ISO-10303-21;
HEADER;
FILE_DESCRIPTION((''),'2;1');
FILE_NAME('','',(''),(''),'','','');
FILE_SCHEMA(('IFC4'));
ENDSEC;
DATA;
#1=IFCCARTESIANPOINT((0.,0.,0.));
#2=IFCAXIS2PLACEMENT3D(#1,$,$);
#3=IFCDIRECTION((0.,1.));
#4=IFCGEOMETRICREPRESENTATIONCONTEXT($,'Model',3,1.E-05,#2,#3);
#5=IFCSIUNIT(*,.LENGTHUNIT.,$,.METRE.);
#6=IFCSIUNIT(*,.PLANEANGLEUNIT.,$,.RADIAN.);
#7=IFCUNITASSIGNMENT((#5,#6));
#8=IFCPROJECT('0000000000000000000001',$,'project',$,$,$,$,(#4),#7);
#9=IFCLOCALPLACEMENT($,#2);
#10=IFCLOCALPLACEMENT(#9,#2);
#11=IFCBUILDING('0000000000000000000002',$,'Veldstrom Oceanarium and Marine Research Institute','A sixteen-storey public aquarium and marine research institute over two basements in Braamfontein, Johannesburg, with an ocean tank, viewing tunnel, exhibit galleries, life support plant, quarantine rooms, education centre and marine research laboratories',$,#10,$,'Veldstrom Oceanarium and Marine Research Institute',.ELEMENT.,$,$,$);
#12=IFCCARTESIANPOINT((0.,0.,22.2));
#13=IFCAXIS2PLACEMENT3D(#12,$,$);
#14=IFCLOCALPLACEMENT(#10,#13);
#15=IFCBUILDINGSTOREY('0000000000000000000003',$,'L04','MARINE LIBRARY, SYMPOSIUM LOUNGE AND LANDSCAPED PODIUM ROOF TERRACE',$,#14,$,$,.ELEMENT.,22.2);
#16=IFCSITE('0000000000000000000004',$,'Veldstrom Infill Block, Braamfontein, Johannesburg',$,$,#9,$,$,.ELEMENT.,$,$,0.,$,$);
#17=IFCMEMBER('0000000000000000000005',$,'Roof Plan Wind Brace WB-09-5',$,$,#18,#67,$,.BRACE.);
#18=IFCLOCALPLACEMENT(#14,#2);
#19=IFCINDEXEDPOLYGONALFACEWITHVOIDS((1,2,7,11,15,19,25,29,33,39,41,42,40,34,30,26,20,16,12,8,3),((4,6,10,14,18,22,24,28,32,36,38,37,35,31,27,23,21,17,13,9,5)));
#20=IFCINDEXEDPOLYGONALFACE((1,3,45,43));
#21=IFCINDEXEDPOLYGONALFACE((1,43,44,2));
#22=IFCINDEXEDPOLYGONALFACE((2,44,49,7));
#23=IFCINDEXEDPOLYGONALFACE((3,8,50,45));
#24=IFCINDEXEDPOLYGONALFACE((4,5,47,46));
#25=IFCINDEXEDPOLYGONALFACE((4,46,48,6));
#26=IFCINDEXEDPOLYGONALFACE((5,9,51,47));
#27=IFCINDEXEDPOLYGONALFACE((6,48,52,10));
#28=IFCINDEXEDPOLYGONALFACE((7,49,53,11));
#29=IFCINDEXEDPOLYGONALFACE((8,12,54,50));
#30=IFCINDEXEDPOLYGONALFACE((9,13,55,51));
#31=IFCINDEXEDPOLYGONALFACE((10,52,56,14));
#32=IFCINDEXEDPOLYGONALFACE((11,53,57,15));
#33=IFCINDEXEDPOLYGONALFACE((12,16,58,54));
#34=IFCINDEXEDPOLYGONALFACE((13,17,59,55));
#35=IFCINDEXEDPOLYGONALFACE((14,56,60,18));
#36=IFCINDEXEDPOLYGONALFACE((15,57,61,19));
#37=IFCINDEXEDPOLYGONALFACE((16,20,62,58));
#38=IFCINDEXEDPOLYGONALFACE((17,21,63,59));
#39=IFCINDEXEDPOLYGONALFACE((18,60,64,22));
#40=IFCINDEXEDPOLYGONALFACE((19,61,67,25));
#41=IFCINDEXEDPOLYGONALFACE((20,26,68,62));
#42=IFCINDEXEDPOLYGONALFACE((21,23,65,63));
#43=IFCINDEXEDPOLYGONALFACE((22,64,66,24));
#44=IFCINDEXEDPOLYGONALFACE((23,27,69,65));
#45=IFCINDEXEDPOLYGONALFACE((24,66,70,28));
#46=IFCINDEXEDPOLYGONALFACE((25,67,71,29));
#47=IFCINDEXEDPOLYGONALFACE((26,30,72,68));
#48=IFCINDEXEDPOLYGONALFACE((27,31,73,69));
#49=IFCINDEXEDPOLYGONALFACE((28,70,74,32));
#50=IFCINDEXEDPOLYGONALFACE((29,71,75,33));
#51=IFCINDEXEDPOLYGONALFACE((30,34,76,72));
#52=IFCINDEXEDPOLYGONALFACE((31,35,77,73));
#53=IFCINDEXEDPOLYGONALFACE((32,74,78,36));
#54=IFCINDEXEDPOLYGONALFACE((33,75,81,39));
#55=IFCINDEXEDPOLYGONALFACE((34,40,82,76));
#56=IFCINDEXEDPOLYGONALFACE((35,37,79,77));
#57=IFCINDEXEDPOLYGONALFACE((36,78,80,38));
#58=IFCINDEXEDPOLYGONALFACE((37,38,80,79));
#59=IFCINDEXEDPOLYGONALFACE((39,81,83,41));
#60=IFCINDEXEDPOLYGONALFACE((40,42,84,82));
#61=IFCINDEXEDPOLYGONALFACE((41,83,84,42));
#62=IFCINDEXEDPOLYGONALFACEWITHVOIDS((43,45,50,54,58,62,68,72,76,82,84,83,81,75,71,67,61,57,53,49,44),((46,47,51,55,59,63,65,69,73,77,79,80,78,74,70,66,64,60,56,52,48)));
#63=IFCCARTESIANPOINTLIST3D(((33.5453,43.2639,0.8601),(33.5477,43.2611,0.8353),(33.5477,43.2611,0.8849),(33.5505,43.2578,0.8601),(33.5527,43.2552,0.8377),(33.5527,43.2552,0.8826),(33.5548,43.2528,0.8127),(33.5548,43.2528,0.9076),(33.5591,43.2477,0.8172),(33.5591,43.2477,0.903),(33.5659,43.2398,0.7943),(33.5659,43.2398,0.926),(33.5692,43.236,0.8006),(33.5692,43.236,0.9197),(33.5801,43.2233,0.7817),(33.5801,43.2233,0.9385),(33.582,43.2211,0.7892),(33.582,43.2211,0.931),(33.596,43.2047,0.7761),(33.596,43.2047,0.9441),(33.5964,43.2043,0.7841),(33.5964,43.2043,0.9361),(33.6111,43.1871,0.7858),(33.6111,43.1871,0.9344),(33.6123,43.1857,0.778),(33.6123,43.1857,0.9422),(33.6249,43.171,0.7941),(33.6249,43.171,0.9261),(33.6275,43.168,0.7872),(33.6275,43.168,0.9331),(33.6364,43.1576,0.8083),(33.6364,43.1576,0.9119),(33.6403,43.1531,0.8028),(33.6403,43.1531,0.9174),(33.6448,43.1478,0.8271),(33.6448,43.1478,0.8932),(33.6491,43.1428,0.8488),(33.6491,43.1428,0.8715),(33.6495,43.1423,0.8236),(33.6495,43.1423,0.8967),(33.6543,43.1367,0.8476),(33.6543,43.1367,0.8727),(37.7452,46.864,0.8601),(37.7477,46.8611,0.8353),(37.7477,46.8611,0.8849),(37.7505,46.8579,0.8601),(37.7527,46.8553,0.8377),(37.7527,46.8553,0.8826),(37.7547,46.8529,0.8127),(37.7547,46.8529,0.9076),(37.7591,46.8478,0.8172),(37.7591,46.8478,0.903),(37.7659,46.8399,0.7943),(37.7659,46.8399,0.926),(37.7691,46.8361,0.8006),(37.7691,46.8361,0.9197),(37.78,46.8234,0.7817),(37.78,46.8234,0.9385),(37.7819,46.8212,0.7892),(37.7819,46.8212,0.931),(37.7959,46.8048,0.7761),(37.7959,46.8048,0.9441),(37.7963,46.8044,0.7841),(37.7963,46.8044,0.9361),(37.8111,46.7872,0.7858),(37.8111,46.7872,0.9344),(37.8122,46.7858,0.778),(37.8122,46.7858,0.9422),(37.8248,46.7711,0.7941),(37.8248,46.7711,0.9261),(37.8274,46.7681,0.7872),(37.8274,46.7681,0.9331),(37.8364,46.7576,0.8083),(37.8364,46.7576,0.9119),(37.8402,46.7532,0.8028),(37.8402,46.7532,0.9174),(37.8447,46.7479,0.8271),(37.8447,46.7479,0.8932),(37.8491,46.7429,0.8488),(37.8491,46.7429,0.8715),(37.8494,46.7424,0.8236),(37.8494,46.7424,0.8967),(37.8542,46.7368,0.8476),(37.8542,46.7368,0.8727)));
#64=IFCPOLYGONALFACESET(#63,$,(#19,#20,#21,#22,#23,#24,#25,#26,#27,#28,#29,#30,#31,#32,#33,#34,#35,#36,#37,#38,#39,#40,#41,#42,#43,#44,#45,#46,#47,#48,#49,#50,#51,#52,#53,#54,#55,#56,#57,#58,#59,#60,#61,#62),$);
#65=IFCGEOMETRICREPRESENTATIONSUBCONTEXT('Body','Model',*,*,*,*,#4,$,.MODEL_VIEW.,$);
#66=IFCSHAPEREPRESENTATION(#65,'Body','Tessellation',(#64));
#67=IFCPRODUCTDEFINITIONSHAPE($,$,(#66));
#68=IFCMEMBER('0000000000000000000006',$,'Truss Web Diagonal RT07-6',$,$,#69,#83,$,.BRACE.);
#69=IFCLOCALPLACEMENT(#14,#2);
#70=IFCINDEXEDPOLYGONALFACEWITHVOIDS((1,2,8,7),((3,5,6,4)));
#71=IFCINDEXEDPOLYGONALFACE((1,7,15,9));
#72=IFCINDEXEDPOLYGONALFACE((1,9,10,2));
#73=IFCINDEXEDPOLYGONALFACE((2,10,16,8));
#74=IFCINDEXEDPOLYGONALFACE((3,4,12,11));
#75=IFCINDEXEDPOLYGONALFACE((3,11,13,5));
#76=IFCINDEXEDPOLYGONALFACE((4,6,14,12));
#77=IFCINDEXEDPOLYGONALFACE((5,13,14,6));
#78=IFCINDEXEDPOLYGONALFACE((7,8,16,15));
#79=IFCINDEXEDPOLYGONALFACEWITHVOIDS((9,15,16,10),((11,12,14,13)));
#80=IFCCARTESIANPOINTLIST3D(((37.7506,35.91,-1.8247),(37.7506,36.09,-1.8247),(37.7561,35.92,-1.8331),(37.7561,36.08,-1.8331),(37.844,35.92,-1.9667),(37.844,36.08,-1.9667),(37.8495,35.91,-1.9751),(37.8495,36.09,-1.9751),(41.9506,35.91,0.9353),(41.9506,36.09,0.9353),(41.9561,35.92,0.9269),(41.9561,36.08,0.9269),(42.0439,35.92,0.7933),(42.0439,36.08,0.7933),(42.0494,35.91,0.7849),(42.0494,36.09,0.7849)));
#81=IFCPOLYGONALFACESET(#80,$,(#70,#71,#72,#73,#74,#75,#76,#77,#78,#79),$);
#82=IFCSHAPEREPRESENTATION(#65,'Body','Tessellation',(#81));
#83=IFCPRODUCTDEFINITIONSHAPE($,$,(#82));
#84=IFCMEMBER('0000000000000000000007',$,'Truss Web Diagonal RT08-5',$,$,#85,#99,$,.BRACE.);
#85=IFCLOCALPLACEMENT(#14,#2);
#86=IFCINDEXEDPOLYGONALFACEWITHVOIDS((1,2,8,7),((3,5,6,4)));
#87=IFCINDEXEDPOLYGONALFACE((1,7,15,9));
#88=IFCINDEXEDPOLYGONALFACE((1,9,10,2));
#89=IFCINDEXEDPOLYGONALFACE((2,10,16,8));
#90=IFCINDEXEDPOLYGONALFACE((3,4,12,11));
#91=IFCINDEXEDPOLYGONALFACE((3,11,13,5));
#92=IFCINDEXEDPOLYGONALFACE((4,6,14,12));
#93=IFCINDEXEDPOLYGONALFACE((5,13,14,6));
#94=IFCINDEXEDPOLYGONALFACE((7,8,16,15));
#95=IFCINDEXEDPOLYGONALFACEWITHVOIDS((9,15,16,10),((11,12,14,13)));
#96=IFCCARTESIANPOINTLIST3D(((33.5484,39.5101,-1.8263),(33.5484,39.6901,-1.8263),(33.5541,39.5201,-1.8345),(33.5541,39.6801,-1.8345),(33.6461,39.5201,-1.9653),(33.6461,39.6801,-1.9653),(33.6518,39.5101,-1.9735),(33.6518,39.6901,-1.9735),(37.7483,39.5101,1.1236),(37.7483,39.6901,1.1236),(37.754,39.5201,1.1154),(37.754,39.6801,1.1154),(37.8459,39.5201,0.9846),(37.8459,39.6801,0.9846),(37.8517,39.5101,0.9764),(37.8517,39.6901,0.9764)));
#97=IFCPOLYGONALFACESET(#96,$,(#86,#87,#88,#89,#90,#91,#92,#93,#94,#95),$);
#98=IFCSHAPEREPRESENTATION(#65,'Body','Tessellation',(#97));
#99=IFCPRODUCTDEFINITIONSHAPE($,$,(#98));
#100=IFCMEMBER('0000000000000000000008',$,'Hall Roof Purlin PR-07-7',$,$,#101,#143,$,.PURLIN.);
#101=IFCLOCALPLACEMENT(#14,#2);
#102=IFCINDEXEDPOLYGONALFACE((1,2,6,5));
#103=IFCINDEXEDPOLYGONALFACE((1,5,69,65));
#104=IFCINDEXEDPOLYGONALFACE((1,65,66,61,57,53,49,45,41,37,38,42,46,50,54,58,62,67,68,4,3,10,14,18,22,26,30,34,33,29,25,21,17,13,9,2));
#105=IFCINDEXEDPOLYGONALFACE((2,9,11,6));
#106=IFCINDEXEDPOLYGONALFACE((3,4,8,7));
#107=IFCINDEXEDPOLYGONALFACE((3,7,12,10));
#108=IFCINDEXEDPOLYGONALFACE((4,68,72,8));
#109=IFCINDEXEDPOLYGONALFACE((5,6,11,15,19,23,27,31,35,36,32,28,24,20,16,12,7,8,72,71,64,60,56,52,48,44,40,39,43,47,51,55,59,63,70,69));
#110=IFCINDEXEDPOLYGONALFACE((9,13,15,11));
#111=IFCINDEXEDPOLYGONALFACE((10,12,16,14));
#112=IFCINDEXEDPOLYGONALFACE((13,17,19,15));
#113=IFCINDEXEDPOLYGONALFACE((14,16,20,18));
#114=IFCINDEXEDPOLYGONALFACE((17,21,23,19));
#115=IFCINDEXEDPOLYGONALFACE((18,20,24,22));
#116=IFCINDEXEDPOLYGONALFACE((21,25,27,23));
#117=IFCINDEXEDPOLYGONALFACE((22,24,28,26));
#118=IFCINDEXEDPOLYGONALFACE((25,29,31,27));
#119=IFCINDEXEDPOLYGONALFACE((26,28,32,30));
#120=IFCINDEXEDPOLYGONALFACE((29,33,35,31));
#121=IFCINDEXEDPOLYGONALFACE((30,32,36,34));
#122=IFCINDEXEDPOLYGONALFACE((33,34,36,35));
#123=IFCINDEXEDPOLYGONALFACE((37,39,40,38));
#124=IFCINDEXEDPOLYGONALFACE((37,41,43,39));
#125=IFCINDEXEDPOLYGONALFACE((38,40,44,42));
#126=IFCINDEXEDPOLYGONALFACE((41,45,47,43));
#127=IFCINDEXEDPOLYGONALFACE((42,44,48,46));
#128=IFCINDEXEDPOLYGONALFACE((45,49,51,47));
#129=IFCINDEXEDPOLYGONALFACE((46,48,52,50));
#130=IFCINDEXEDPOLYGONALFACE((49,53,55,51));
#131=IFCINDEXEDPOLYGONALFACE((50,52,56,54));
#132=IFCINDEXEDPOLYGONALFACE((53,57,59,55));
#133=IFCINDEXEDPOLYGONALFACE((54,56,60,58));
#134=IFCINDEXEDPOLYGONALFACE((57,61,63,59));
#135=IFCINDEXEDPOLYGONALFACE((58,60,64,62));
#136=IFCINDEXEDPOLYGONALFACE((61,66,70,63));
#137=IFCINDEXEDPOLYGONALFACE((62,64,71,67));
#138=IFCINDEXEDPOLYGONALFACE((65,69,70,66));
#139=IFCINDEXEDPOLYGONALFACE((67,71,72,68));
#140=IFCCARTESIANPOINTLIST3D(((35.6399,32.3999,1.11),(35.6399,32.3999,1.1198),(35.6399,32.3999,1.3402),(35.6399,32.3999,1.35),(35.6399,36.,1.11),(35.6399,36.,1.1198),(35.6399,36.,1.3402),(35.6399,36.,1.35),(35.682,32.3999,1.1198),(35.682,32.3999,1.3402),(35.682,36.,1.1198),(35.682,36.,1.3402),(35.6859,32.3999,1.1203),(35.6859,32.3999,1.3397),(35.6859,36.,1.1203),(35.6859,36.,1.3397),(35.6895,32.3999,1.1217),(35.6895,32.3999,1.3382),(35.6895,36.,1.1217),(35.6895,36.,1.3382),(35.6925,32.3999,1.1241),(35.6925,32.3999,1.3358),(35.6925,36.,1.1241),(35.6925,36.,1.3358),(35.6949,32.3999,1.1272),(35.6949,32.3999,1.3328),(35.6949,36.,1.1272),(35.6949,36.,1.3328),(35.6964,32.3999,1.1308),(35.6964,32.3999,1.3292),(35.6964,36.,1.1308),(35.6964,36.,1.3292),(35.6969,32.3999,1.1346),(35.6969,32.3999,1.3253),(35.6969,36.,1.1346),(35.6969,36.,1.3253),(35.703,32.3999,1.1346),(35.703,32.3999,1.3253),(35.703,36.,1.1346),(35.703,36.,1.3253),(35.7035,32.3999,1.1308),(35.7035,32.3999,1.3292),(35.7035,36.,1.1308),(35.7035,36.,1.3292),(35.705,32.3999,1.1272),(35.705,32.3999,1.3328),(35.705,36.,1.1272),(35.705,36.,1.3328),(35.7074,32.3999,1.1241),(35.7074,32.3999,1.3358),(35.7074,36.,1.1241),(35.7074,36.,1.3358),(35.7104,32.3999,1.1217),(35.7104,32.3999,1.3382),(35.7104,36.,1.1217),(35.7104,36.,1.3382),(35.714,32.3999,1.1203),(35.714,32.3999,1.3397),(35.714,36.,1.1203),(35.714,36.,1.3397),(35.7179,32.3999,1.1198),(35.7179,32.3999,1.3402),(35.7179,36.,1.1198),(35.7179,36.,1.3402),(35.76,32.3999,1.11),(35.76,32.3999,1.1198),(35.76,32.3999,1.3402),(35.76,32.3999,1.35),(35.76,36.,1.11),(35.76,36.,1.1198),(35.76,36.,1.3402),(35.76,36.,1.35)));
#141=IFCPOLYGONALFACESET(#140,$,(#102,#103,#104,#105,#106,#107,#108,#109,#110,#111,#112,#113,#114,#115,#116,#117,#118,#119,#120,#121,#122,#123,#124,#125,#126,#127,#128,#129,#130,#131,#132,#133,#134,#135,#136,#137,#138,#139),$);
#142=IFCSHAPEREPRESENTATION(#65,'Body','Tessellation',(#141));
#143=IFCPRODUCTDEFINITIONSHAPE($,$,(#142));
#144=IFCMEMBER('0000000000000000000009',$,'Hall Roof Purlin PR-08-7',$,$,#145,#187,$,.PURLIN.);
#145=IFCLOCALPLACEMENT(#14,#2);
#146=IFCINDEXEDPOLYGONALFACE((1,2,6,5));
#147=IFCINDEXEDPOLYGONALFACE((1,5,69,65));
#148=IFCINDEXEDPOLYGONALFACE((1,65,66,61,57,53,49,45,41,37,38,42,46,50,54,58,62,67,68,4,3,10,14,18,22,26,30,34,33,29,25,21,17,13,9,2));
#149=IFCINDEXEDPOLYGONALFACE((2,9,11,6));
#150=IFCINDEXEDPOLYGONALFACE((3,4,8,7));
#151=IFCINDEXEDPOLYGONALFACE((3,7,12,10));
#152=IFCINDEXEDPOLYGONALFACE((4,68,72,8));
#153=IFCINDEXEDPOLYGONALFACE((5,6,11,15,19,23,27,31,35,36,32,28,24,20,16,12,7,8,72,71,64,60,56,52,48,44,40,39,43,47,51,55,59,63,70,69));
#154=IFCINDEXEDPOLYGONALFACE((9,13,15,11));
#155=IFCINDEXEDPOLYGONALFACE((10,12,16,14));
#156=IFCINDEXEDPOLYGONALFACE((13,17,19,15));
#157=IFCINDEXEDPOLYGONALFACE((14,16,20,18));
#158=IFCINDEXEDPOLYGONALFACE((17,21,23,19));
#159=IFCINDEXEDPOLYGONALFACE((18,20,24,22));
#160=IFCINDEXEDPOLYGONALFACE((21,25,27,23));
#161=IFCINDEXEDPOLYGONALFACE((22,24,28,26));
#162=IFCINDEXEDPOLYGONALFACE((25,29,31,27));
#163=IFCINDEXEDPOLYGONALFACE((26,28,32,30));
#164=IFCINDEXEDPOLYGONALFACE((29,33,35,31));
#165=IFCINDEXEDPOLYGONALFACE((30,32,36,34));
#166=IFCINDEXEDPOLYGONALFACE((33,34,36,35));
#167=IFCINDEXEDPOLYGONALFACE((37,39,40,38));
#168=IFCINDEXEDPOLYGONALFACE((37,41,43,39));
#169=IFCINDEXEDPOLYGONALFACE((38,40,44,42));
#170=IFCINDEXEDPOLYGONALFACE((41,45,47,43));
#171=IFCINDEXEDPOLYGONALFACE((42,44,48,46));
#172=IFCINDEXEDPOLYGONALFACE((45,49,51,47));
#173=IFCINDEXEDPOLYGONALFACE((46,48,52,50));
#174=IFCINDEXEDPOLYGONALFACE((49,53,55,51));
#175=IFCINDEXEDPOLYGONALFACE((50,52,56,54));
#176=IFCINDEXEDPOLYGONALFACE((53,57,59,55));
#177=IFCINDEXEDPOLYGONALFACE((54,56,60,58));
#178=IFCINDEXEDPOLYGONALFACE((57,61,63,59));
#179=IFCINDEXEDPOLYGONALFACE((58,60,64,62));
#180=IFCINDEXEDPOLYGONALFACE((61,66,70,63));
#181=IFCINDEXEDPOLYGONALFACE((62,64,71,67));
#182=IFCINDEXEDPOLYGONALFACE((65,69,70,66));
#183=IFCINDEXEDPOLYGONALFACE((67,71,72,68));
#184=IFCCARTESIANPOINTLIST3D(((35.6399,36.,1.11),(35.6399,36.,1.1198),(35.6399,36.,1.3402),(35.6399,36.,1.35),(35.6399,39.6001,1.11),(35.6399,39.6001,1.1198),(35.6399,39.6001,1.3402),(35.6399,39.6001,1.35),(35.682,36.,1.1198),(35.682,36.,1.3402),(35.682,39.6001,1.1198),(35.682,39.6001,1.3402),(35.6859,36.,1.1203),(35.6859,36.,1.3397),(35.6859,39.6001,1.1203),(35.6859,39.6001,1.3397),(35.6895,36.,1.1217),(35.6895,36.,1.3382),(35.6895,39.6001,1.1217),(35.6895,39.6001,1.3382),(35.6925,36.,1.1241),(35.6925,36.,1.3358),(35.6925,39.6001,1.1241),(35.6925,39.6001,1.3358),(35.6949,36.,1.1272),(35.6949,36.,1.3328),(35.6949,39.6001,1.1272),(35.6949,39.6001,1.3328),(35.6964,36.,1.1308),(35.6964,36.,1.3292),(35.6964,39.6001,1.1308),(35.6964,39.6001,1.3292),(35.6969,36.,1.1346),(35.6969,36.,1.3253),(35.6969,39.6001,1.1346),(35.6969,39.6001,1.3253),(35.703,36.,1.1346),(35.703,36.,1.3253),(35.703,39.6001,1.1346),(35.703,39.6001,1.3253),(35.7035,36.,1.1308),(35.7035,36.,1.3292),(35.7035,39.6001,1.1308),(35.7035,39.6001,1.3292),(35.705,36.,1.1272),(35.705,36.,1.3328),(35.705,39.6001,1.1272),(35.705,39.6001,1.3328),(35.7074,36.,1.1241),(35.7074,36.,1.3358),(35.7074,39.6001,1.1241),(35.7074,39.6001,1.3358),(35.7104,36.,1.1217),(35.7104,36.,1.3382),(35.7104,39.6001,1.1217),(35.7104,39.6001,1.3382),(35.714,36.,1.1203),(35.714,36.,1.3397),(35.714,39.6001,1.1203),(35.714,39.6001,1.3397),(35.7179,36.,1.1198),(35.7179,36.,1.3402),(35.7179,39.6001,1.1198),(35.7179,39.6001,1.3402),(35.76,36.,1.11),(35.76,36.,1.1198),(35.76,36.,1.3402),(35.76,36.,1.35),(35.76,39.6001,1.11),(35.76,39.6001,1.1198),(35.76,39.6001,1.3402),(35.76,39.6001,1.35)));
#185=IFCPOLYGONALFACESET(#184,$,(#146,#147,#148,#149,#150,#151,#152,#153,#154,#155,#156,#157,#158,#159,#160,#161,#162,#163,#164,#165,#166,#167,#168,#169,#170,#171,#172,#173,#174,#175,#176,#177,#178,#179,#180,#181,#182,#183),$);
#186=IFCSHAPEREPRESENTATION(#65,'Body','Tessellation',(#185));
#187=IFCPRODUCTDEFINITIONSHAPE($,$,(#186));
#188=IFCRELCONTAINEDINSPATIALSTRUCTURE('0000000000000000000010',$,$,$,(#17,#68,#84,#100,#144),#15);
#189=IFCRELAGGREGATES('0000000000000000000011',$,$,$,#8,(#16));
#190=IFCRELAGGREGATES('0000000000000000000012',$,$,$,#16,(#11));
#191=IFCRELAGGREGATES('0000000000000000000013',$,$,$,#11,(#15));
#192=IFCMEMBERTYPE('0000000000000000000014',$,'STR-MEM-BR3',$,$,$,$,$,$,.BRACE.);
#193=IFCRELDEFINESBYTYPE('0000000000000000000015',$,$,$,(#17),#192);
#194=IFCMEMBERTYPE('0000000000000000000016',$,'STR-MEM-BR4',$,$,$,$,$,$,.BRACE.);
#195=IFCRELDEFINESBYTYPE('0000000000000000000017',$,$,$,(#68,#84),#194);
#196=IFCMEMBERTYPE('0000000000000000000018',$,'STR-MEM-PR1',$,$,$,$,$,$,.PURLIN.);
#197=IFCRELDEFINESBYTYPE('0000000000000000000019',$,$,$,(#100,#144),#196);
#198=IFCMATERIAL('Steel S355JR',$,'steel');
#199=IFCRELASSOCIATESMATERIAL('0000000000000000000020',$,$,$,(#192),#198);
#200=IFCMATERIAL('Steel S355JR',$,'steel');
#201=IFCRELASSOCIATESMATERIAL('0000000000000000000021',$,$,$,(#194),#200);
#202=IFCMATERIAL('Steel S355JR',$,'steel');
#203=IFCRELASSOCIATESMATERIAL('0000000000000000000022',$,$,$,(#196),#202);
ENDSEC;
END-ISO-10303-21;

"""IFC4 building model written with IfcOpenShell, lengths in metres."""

from ifc_helpers import new_model, si_unit, direction, frame, origin, origin_2d, place, context, subcontext, project, spatial, hollow_rectangle, hollow_circle, i_section, extrude, material, material_profile, profile_set, type_object, element, save


model = new_model("IFC4")

# Units and contexts
model_context = context("Model", 3, precision=1e-05, world=origin(), true_north=direction((0.0, 1.0)))
body_context = subcontext(model_context, "Body", "Model", "MODEL_VIEW")
ifc_project = project(units=[si_unit("LENGTHUNIT", "METRE"), si_unit("PLANEANGLEUNIT", "RADIAN")], contexts=[model_context])

# Site, building, storey
site_placement = place(None, origin())
site = spatial("IfcSite", under=ifc_project, at=site_placement, Name="Veldstrom Infill Block, Braamfontein, Johannesburg", CompositionType="ELEMENT", RefElevation=0.0)
building_placement = place(site_placement, origin())
building = spatial("IfcBuilding", under=site, at=building_placement, Name="Veldstrom Oceanarium and Marine Research Institute", Description="A sixteen-storey public aquarium and marine research institute over two basements in Braamfontein, Johannesburg, with an ocean tank, viewing tunnel, exhibit galleries, life support plant, quarantine rooms, education centre and marine research laboratories", LongName="Veldstrom Oceanarium and Marine Research Institute", CompositionType="ELEMENT")
storey_placement = place(building_placement, frame((0.0, 0.0, 22.2)))
storey = spatial("IfcBuildingStorey", under=building, at=storey_placement, Name="L04", Description="MARINE LIBRARY, SYMPOSIUM LOUNGE AND LANDSCAPED PODIUM ROOF TERRACE", CompositionType="ELEMENT", Elevation=22.2)

# Members
ifc_material_1 = material(Name="Steel S355JR", Category="steel")
ifc_material_profile_1 = material_profile(ifc_material_1, hollow_circle(Radius=0.0842, WallThickness=0.0081, at=origin_2d()), Name="CHS 168.3x8")
ifc_profile_set_1 = profile_set([ifc_material_profile_1], Name="Steel S355JR")
member_type_1 = type_object("IfcMemberType", Name="STR-MEM-BR3", PredefinedType="BRACE", material=ifc_profile_set_1)
member_1_placement = place(storey_placement, frame((33.6001, 43.2, 0.8601), z_axis=(0.759244, 0.650806, 0.0), x_axis=(-0.650806, 0.759244, 0.0)))
element("IfcMember", 1, at=member_1_placement, inside=storey, type_object=member_type_1, Name="Roof Plan Wind Brace WB-09-5", PredefinedType="BRACE", context=body_context, shape_type="SweptSolid", body=[
    extrude(hollow_circle(Radius=0.0842, WallThickness=0.0081, at=origin_2d()), origin(), (0.0, 0.0, 1.0), 5.5317),
])
ifc_material_2 = material(Name="Steel S355JR", Category="steel")
ifc_material_profile_2 = material_profile(ifc_material_2, hollow_rectangle(XDim=0.1799, YDim=0.1799, WallThickness=0.01, at=origin_2d()), Name="SHS 180x180x10")
ifc_profile_set_2 = profile_set([ifc_material_profile_2], Name="Steel S355JR")
member_type_2 = type_object("IfcMemberType", Name="STR-MEM-BR4", PredefinedType="BRACE", material=ifc_profile_set_2)
member_2_placement = place(storey_placement, frame((37.8, 36.0, -1.8999), z_axis=(0.835702, 0.0, 0.549184), x_axis=(0.0, 1.0, 0.0)))
element("IfcMember", 2, at=member_2_placement, inside=storey, type_object=member_type_2, Name="Truss Web Diagonal RT07-6", PredefinedType="BRACE", context=body_context, shape_type="SweptSolid", body=[
    extrude(hollow_rectangle(XDim=0.1799, YDim=0.1799, WallThickness=0.01, at=origin_2d()), origin(), (0.0, 0.0, 1.0), 5.0256),
])
member_3_placement = place(storey_placement, frame((33.6001, 39.6001, -1.8999), z_axis=(0.818317, 0.0, 0.574767), x_axis=(0.0, 1.0, 0.0)))
element("IfcMember", 3, at=member_3_placement, inside=storey, type_object=member_type_2, Name="Truss Web Diagonal RT08-5", PredefinedType="BRACE", context=body_context, shape_type="SweptSolid", body=[
    extrude(hollow_rectangle(XDim=0.1799, YDim=0.1799, WallThickness=0.01, at=origin_2d()), origin(), (0.0, 0.0, 1.0), 5.1323),
])
ifc_material_3 = material(Name="Steel S355JR", Category="steel")
ifc_material_profile_3 = material_profile(ifc_material_3, i_section(OverallWidth=0.1201, OverallDepth=0.24, WebThickness=0.0061, FlangeThickness=0.0098, FilletRadius=0.0149, at=origin_2d()), Name="IPE 240")
ifc_profile_set_3 = profile_set([ifc_material_profile_3], Name="Steel S355JR")
member_type_3 = type_object("IfcMemberType", Name="STR-MEM-PR1", PredefinedType="PURLIN", material=ifc_profile_set_3)
for number, where, z_axis, x_axis, name in (
    (4, (35.7, 32.3999, 1.23), (0.0, 1.0, 0.0), (-1.0, 0.0, 0.0), "Hall Roof Purlin PR-07-7"),
    (5, (35.7, 36.0, 1.23), (0.0, 1.0, 0.0), (-1.0, 0.0, 0.0), "Hall Roof Purlin PR-08-7"),
):
    element("IfcMember", number, at=place(storey_placement, frame(where, z_axis=z_axis, x_axis=x_axis)), inside=storey, type_object=member_type_3, Name=name, PredefinedType="PURLIN", context=body_context, shape_type="SweptSolid", body=[
        extrude(i_section(OverallWidth=0.1201, OverallDepth=0.24, WebThickness=0.0061, FlangeThickness=0.0098, FilletRadius=0.0149, at=origin_2d()), origin(), (0.0, 0.0, 1.0), 3.6001),
    ])

save(model, "model.ifc")
